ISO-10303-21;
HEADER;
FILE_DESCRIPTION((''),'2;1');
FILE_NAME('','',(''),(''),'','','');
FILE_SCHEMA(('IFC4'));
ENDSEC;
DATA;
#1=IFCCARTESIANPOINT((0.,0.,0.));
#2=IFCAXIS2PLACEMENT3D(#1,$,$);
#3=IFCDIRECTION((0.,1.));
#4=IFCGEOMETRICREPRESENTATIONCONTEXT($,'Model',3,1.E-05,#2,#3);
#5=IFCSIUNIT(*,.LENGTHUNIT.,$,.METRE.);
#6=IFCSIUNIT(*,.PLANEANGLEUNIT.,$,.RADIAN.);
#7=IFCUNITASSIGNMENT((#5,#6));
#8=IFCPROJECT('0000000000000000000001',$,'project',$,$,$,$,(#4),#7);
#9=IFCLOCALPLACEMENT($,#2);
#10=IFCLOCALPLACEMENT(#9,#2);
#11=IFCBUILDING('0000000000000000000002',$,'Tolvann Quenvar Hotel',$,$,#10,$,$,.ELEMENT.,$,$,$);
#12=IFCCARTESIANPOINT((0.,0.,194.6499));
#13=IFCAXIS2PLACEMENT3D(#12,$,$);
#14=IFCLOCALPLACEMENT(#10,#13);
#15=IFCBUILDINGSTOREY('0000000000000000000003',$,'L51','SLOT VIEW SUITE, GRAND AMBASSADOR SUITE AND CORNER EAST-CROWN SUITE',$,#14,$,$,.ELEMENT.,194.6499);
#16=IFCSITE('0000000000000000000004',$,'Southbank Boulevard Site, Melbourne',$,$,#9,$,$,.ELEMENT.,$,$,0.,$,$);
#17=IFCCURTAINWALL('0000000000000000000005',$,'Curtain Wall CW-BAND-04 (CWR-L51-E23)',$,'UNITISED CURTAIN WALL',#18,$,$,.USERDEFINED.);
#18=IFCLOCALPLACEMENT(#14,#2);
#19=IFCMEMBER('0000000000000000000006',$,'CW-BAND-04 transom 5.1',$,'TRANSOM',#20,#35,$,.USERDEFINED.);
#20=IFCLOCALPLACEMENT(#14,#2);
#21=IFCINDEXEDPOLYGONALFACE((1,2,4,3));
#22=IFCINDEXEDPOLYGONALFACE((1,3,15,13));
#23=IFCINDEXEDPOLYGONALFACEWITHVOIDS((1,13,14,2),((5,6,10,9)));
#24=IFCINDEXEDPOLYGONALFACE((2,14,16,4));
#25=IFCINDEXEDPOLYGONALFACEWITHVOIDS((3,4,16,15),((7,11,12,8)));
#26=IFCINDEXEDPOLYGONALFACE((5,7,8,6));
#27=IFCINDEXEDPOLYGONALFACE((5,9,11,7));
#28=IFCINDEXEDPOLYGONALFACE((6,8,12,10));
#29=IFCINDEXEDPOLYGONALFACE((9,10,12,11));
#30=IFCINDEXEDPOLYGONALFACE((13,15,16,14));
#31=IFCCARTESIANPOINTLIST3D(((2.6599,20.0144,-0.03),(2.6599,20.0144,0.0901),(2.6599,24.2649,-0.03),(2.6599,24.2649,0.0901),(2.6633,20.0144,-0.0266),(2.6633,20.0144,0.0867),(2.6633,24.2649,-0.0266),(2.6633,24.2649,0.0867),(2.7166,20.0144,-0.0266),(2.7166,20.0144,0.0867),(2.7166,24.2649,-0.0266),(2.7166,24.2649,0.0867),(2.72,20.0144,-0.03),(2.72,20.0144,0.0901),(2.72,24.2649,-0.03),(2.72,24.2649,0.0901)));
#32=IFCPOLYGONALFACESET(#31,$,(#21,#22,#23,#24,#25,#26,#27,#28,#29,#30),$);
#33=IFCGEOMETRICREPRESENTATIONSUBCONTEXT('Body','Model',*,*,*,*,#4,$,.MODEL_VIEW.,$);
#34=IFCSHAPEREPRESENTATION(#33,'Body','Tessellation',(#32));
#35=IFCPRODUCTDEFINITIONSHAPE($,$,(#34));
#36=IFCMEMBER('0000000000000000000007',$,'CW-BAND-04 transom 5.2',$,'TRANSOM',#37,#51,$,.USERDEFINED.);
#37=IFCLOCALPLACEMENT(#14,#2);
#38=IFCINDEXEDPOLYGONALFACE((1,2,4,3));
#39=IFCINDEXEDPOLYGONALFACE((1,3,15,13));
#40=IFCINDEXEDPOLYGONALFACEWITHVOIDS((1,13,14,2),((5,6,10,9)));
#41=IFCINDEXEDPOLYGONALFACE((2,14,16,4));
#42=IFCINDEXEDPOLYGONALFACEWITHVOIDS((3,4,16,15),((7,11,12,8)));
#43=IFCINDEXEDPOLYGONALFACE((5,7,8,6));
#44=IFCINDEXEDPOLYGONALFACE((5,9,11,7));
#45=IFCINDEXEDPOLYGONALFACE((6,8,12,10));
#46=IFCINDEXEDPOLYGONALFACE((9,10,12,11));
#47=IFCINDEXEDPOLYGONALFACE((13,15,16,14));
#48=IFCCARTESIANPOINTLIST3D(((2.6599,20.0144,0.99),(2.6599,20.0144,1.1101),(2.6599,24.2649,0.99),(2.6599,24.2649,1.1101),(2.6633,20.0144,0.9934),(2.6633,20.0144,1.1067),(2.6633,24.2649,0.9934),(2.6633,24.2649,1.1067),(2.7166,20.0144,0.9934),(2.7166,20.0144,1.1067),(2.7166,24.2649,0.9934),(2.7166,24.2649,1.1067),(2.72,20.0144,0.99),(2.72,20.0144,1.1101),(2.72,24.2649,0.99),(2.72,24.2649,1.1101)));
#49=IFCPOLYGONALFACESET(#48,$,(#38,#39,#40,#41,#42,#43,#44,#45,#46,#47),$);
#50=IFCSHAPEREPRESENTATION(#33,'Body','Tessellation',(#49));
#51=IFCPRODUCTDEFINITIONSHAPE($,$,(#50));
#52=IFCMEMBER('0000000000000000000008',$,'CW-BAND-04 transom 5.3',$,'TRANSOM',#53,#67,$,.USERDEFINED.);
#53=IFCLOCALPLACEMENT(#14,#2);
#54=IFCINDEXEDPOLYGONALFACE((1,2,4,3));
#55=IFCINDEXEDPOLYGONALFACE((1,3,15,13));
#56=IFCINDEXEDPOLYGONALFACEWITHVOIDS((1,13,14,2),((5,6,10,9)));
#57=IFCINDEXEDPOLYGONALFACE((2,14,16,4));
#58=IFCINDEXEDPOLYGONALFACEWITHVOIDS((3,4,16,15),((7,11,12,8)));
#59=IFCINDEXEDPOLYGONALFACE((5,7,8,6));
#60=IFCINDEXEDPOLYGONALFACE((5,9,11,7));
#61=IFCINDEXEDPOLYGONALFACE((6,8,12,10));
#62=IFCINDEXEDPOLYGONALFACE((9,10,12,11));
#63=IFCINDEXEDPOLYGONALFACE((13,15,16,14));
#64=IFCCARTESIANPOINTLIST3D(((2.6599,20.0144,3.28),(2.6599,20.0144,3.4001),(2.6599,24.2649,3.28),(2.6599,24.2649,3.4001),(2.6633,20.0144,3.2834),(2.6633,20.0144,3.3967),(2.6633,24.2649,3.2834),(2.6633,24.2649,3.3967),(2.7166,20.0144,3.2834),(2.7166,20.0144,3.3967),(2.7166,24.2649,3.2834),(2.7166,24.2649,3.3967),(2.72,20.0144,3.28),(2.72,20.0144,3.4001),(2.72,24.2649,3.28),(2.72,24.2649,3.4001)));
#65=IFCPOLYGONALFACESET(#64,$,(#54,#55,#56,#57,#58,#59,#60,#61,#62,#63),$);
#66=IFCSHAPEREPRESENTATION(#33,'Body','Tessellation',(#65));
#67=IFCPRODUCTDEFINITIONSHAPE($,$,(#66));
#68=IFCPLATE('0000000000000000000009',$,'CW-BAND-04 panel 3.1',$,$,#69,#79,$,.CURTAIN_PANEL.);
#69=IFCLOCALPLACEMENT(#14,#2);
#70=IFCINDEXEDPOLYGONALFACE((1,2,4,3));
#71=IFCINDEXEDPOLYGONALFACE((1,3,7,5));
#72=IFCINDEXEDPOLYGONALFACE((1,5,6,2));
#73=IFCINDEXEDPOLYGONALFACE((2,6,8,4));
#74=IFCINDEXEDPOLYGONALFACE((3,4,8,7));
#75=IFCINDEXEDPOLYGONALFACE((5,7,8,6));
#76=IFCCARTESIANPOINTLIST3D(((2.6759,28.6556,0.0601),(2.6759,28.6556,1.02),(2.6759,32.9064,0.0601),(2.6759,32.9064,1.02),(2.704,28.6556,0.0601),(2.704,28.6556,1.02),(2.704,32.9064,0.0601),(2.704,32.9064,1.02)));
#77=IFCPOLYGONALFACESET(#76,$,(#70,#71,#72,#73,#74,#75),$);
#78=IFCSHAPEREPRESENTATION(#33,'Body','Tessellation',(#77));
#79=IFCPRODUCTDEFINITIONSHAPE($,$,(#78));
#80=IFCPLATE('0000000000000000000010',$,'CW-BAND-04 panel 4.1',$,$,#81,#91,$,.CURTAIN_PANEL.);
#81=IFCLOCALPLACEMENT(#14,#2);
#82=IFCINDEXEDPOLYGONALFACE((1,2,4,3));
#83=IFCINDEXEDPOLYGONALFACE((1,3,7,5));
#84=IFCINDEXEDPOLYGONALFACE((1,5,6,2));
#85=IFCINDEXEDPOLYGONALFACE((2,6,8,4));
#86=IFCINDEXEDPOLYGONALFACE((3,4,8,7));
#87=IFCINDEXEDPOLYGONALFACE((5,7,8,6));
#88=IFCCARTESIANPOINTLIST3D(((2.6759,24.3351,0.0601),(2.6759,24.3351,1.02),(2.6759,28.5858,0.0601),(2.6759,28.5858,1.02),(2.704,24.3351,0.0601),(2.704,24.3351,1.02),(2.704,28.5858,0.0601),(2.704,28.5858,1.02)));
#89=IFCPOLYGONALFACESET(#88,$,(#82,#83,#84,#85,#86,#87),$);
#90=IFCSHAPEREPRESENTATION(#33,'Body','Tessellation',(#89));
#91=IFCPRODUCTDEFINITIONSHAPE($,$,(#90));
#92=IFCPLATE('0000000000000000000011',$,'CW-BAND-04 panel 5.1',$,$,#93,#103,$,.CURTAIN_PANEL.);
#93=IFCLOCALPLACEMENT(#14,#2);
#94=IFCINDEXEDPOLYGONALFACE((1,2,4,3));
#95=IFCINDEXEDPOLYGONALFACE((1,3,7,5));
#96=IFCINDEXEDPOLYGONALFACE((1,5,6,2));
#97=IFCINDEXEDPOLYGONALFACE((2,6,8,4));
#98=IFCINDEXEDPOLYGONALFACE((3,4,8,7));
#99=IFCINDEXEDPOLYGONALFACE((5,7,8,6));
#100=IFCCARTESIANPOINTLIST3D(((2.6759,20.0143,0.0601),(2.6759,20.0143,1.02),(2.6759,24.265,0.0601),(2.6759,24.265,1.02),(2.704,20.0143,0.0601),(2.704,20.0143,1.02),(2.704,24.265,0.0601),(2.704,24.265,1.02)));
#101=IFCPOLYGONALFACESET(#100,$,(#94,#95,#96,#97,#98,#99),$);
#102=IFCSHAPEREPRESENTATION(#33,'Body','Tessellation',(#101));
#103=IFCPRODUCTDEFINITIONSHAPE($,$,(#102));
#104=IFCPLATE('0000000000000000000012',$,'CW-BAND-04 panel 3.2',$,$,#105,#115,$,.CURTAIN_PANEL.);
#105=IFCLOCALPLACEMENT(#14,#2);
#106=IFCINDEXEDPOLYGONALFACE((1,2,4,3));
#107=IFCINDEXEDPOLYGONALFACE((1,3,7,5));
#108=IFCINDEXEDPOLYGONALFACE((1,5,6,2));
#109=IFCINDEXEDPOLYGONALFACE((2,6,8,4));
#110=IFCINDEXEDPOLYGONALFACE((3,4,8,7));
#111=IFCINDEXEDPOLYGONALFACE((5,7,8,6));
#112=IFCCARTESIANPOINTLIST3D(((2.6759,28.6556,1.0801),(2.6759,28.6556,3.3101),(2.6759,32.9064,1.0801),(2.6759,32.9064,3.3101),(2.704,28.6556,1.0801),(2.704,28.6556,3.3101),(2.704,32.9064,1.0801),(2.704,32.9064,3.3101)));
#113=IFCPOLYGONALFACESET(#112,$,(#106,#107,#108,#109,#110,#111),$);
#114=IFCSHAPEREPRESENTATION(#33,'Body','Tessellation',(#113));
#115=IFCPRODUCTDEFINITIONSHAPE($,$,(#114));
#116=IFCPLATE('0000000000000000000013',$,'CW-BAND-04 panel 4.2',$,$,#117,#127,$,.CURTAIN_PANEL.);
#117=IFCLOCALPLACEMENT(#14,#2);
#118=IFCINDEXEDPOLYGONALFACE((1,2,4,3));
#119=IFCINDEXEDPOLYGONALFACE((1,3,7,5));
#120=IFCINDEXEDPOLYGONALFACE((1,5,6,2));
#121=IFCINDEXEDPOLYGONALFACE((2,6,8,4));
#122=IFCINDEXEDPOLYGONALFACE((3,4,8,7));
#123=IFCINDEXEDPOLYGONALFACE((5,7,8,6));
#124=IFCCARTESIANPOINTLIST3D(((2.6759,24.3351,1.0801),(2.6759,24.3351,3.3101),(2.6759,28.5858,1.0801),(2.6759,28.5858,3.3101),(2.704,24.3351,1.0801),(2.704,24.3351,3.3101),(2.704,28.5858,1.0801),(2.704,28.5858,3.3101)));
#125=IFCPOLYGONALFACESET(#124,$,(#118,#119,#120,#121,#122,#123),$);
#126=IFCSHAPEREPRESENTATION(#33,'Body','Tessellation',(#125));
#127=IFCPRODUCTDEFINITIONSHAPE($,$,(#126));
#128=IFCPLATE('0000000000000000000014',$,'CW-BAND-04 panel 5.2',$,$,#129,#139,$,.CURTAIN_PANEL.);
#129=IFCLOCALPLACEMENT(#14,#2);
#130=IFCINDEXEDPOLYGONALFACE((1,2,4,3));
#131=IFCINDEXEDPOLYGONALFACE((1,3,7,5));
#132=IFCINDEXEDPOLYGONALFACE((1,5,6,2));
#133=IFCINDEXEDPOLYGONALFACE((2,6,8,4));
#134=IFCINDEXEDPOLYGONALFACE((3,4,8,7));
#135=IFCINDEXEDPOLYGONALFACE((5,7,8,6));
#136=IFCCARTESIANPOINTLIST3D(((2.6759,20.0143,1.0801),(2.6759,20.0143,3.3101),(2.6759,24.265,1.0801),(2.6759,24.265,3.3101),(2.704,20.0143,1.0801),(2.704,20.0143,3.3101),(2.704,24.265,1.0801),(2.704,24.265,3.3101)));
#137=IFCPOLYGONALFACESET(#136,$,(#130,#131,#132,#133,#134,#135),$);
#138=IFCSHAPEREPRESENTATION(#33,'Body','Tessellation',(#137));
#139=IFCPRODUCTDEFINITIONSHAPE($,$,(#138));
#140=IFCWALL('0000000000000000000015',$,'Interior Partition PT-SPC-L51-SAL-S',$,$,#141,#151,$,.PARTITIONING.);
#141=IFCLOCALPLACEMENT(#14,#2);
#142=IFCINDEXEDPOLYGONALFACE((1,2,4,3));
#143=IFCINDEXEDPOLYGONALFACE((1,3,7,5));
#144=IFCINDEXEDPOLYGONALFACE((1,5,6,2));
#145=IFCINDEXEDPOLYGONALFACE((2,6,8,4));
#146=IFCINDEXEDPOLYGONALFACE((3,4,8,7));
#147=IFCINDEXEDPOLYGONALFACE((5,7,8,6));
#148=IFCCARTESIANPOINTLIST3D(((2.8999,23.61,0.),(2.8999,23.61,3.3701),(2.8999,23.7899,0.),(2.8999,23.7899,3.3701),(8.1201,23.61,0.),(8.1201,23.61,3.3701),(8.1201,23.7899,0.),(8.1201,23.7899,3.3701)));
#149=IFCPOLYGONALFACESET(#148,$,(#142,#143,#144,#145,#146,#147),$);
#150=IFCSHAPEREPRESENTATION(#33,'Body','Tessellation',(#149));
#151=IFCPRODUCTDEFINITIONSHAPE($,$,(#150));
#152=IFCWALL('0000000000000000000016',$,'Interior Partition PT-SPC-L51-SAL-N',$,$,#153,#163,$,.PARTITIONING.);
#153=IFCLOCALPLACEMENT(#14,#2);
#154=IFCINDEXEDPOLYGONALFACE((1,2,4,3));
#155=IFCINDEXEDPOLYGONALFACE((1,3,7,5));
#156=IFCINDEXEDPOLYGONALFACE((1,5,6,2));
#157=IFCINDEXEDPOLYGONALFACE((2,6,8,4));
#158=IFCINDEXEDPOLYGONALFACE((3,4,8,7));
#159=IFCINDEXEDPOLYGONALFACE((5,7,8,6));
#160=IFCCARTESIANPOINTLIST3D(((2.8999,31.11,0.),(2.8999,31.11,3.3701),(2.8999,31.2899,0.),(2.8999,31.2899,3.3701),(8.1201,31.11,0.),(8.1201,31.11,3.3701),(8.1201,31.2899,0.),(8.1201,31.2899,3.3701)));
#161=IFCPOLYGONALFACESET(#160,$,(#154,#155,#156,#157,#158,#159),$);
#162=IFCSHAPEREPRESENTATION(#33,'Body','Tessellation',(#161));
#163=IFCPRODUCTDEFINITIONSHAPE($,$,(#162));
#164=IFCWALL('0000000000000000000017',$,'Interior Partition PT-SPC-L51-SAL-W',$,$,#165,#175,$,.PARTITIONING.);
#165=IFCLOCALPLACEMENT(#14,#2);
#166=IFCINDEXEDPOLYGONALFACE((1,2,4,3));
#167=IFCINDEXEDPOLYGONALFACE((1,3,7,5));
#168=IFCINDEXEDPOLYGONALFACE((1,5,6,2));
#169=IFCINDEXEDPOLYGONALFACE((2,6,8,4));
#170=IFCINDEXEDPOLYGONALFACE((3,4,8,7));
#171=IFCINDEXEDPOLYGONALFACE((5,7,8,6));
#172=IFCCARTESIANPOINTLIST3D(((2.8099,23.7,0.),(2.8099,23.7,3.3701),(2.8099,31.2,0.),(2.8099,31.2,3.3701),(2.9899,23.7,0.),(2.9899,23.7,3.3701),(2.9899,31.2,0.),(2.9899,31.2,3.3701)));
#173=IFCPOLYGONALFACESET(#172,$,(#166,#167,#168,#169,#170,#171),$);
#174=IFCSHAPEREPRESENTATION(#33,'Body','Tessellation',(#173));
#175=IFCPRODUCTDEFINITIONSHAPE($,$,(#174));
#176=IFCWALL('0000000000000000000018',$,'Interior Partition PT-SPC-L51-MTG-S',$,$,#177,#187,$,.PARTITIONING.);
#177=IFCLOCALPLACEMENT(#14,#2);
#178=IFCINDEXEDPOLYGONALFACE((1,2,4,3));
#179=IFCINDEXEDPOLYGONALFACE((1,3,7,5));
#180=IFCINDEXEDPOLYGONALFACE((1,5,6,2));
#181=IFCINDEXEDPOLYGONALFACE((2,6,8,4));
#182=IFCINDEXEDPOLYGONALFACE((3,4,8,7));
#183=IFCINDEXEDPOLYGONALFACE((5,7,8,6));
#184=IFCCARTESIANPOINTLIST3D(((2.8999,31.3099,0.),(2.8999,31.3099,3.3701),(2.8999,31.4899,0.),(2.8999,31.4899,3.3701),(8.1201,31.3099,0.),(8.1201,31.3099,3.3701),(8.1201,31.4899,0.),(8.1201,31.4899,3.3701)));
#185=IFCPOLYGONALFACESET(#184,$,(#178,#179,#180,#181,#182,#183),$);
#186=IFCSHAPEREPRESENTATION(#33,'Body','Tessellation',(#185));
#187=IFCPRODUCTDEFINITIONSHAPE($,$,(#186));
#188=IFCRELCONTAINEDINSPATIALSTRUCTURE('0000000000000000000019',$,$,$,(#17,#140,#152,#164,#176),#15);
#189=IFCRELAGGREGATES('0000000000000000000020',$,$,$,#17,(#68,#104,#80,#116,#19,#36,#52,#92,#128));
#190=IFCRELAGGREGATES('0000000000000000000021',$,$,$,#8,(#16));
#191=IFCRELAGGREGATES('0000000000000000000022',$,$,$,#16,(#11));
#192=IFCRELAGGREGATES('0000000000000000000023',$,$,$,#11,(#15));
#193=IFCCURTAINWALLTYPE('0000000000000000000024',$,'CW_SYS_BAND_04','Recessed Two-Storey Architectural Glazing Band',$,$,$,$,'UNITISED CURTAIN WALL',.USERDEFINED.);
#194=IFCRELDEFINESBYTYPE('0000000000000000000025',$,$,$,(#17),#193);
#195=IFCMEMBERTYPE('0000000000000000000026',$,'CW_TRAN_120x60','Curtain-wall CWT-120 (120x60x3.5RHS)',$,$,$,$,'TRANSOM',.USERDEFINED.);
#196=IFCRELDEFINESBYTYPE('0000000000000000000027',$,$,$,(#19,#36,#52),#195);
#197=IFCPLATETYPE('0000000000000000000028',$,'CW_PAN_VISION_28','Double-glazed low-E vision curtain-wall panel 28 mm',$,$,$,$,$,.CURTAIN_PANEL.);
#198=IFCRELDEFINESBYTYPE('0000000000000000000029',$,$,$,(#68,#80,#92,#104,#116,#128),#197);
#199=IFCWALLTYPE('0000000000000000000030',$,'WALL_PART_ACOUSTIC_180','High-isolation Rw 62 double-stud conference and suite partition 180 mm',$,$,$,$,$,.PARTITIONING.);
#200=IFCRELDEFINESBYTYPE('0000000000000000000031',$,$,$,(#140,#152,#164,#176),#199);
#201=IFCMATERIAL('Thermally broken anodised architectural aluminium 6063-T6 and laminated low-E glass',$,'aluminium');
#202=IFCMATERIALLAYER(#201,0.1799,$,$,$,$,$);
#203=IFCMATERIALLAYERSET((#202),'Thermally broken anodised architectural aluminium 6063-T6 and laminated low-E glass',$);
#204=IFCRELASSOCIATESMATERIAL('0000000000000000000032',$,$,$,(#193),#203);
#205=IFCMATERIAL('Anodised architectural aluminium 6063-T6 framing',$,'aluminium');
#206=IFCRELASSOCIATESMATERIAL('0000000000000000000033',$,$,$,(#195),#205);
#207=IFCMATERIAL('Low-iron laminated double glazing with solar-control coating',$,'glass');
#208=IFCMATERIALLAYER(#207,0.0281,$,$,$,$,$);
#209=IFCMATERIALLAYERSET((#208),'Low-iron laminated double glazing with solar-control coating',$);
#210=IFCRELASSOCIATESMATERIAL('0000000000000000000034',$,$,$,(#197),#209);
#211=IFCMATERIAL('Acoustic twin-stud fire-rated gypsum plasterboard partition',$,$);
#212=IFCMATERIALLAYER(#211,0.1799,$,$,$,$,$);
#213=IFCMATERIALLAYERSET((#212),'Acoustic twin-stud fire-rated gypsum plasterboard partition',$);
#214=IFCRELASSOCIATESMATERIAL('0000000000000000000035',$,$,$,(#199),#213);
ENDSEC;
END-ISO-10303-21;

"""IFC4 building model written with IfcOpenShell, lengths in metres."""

from ifc_helpers import new_model, si_unit, direction, frame, frame_2d, origin, origin_2d, place, context, subcontext, project, spatial, rectangle, hollow_rectangle, extrude, source, transform, mapped, material, layer, layer_set, material_profile, profile_set, type_object, type_shapes, element, aggregate, save


model = new_model("IFC4")

# Units and contexts
model_context = context("Model", 3, precision=1e-05, world=origin(), true_north=direction((0.0, 1.0)))
body_context = subcontext(model_context, "Body", "Model", "MODEL_VIEW")
ifc_project = project(units=[si_unit("LENGTHUNIT", "METRE"), si_unit("PLANEANGLEUNIT", "RADIAN")], contexts=[model_context])

# Site, building, storey
site_placement = place(None, origin())
site = spatial("IfcSite", under=ifc_project, at=site_placement, Name="Southbank Boulevard Site, Melbourne", CompositionType="ELEMENT", RefElevation=0.0)
building_placement = place(site_placement, origin())
building = spatial("IfcBuilding", under=site, at=building_placement, Name="Tolvann Quenvar Hotel", CompositionType="ELEMENT")
storey_placement = place(building_placement, frame((0.0, 0.0, 194.6499)))
storey = spatial("IfcBuildingStorey", under=building, at=storey_placement, Name="L51", Description="SLOT VIEW SUITE, GRAND AMBASSADOR SUITE AND CORNER EAST-CROWN SUITE", CompositionType="ELEMENT", Elevation=194.6499)

# Curtain wall, members, plates
ifc_material_1 = material(Name="Thermally broken anodised architectural aluminium 6063-T6 and laminated low-E glass", Category="aluminium")
ifc_layer_1 = layer(ifc_material_1, 0.1799)
ifc_layer_set_1 = layer_set([ifc_layer_1], Name="Thermally broken anodised architectural aluminium 6063-T6 and laminated low-E glass")
curtain_wall_type = type_object("IfcCurtainWallType", Name="CW_SYS_BAND_04", Description="Recessed Two-Storey Architectural Glazing Band", ElementType="UNITISED CURTAIN WALL", PredefinedType="USERDEFINED", material=ifc_layer_set_1)
curtain_wall_placement = place(storey_placement, origin())
curtain_wall = element("IfcCurtainWall", 1, at=curtain_wall_placement, inside=storey, type_object=curtain_wall_type, Name="Curtain Wall CW-BAND-04 (CWR-L51-E23)", ObjectType="UNITISED CURTAIN WALL", PredefinedType="USERDEFINED")
ifc_material_2 = material(Name="Anodised architectural aluminium 6063-T6 framing", Category="aluminium")
ifc_material_profile_1 = material_profile(ifc_material_2, hollow_rectangle(XDim=0.0601, YDim=0.1201, WallThickness=0.0034, at=origin_2d()), Name="120x60x3.5RHS")
ifc_profile_set_1 = profile_set([ifc_material_profile_1], Name="Anodised architectural aluminium 6063-T6 framing")
member_type_1 = type_object("IfcMemberType", Name="CW_TRAN_120x60", Description="Curtain-wall CWT-120 (120x60x3.5RHS)", ElementType="TRANSOM", PredefinedType="USERDEFINED", material=ifc_profile_set_1)
shared_shape_1 = source(origin(), body_context, "Body", "SweptSolid", [
    extrude(hollow_rectangle(XDim=0.0601, YDim=0.1201, WallThickness=0.0034, at=origin_2d()), origin(), (0.0, 0.0, 1.0), 4.2505),
])
member_1_placement = place(storey_placement, frame((2.6899, 24.2649, 0.03), z_axis=(0.0, -1.0, 0.0), x_axis=(1.0, 0.0, 0.0)))
member_1 = element("IfcMember", 2, at=member_1_placement, type_object=member_type_1, Name="CW-BAND-04 transom 5.1", ObjectType="TRANSOM", PredefinedType="USERDEFINED", context=body_context, shape_type="MappedRepresentation", body=[
    mapped(shared_shape_1, transform((0.0, 0.0, 0.0), x_axis=(1.0, 0.0, 0.0), y_axis=(0.0, 1.0, 0.0), z_axis=(0.0, 0.0, 1.0), scale=1.0)),
])
member_2_placement = place(storey_placement, frame((2.6899, 24.2649, 1.05), z_axis=(0.0, -1.0, 0.0), x_axis=(1.0, 0.0, 0.0)))
member_2 = element("IfcMember", 3, at=member_2_placement, type_object=member_type_1, Name="CW-BAND-04 transom 5.2", ObjectType="TRANSOM", PredefinedType="USERDEFINED", context=body_context, shape_type="MappedRepresentation", body=[
    mapped(shared_shape_1, transform((0.0, 0.0, 0.0), x_axis=(1.0, 0.0, 0.0), y_axis=(0.0, 1.0, 0.0), z_axis=(0.0, 0.0, 1.0), scale=1.0)),
])
member_3_placement = place(storey_placement, frame((2.6899, 24.2649, 3.3401), z_axis=(0.0, -1.0, 0.0), x_axis=(1.0, 0.0, 0.0)))
member_3 = element("IfcMember", 4, at=member_3_placement, type_object=member_type_1, Name="CW-BAND-04 transom 5.3", ObjectType="TRANSOM", PredefinedType="USERDEFINED", context=body_context, shape_type="MappedRepresentation", body=[
    mapped(shared_shape_1, transform((0.0, 0.0, 0.0), x_axis=(1.0, 0.0, 0.0), y_axis=(0.0, 1.0, 0.0), z_axis=(0.0, 0.0, 1.0), scale=1.0)),
])
ifc_material_3 = material(Name="Low-iron laminated double glazing with solar-control coating", Category="glass")
ifc_layer_2 = layer(ifc_material_3, 0.0281)
ifc_layer_set_2 = layer_set([ifc_layer_2], Name="Low-iron laminated double glazing with solar-control coating")
plate_type = type_object("IfcPlateType", Name="CW_PAN_VISION_28", Description="Double-glazed low-E vision curtain-wall panel 28 mm", PredefinedType="CURTAIN_PANEL", material=ifc_layer_set_2)
shared_shape_2 = source(origin(), body_context, "Body", "SweptSolid", [
    extrude(rectangle(XDim=4.2507, YDim=0.0281, at=origin_2d()), origin(), (0.0, 0.0, 1.0), 0.96),
])
plate_1_placement = place(storey_placement, frame((2.6899, 30.781, 0.0601), z_axis=(0.0, 0.0, 1.0), x_axis=(0.0, -1.0, 0.0)))
plate_1 = element("IfcPlate", 5, at=plate_1_placement, type_object=plate_type, Name="CW-BAND-04 panel 3.1", PredefinedType="CURTAIN_PANEL", context=body_context, shape_type="MappedRepresentation", body=[
    mapped(shared_shape_2, transform((0.0, 0.0, 0.0), x_axis=(1.0, 0.0, 0.0), y_axis=(0.0, 1.0, 0.0), z_axis=(0.0, 0.0, 1.0), scale=1.0)),
])
plate_2_placement = place(storey_placement, frame((2.6899, 26.4604, 0.0601), z_axis=(0.0, 0.0, 1.0), x_axis=(0.0, -1.0, 0.0)))
plate_2 = element("IfcPlate", 6, at=plate_2_placement, type_object=plate_type, Name="CW-BAND-04 panel 4.1", PredefinedType="CURTAIN_PANEL", context=body_context, shape_type="MappedRepresentation", body=[
    mapped(shared_shape_2, transform((0.0, 0.0, 0.0), x_axis=(1.0, 0.0, 0.0), y_axis=(0.0, 1.0, 0.0), z_axis=(0.0, 0.0, 1.0), scale=1.0)),
])
plate_3_placement = place(storey_placement, frame((2.6899, 22.1396, 0.0601), z_axis=(0.0, 0.0, 1.0), x_axis=(0.0, -1.0, 0.0)))
plate_3 = element("IfcPlate", 7, at=plate_3_placement, type_object=plate_type, Name="CW-BAND-04 panel 5.1", PredefinedType="CURTAIN_PANEL", context=body_context, shape_type="MappedRepresentation", body=[
    mapped(shared_shape_2, transform((0.0, 0.0, 0.0), x_axis=(1.0, 0.0, 0.0), y_axis=(0.0, 1.0, 0.0), z_axis=(0.0, 0.0, 1.0), scale=1.0)),
])
shared_shape_3 = source(origin(), body_context, "Body", "SweptSolid", [
    extrude(rectangle(XDim=4.2507, YDim=0.0281, at=origin_2d()), origin(), (0.0, 0.0, 1.0), 2.23),
])
type_shapes(plate_type, [shared_shape_2, shared_shape_3])
plate_4_placement = place(storey_placement, frame((2.6899, 30.781, 1.0801), z_axis=(0.0, 0.0, 1.0), x_axis=(0.0, -1.0, 0.0)))
plate_4 = element("IfcPlate", 8, at=plate_4_placement, type_object=plate_type, Name="CW-BAND-04 panel 3.2", PredefinedType="CURTAIN_PANEL", context=body_context, shape_type="MappedRepresentation", body=[
    mapped(shared_shape_3, transform((0.0, 0.0, 0.0), x_axis=(1.0, 0.0, 0.0), y_axis=(0.0, 1.0, 0.0), z_axis=(0.0, 0.0, 1.0), scale=1.0)),
])
plate_5_placement = place(storey_placement, frame((2.6899, 26.4604, 1.0801), z_axis=(0.0, 0.0, 1.0), x_axis=(0.0, -1.0, 0.0)))
plate_5 = element("IfcPlate", 9, at=plate_5_placement, type_object=plate_type, Name="CW-BAND-04 panel 4.2", PredefinedType="CURTAIN_PANEL", context=body_context, shape_type="MappedRepresentation", body=[
    mapped(shared_shape_3, transform((0.0, 0.0, 0.0), x_axis=(1.0, 0.0, 0.0), y_axis=(0.0, 1.0, 0.0), z_axis=(0.0, 0.0, 1.0), scale=1.0)),
])
plate_6_placement = place(storey_placement, frame((2.6899, 22.1396, 1.0801), z_axis=(0.0, 0.0, 1.0), x_axis=(0.0, -1.0, 0.0)))
plate_6 = element("IfcPlate", 10, at=plate_6_placement, type_object=plate_type, Name="CW-BAND-04 panel 5.2", PredefinedType="CURTAIN_PANEL", context=body_context, shape_type="MappedRepresentation", body=[
    mapped(shared_shape_3, transform((0.0, 0.0, 0.0), x_axis=(1.0, 0.0, 0.0), y_axis=(0.0, 1.0, 0.0), z_axis=(0.0, 0.0, 1.0), scale=1.0)),
])
aggregate(curtain_wall, [plate_1, plate_4, plate_2, plate_5, member_1, member_2, member_3, plate_3, plate_6])

# Walls
ifc_material_4 = material(Name="Acoustic twin-stud fire-rated gypsum plasterboard partition")
ifc_layer_3 = layer(ifc_material_4, 0.1799)
ifc_layer_set_3 = layer_set([ifc_layer_3], Name="Acoustic twin-stud fire-rated gypsum plasterboard partition")
wall_type_1 = type_object("IfcWallType", Name="WALL_PART_ACOUSTIC_180", Description="High-isolation Rw 62 double-stud conference and suite partition 180 mm", PredefinedType="PARTITIONING", material=ifc_layer_set_3)
for number, where, z_axis, x_axis, name in (
    (11, (2.8999, 23.7, 0.0), (0.0, 0.0, 1.0), (1.0, 0.0, 0.0), "Interior Partition PT-SPC-L51-SAL-S"),
    (12, (2.8999, 31.2, 0.0), (0.0, 0.0, 1.0), (1.0, 0.0, 0.0), "Interior Partition PT-SPC-L51-SAL-N"),
):
    element("IfcWall", number, at=place(storey_placement, frame(where, z_axis=z_axis, x_axis=x_axis)), inside=storey, type_object=wall_type_1, Name=name, PredefinedType="PARTITIONING", context=body_context, shape_type="SweptSolid", body=[
        extrude(rectangle(XDim=5.2202, YDim=0.1799, at=frame_2d((2.6101, 0.0))), origin(), (0.0, 0.0, 1.0), 3.3701),
    ])
wall_1_placement = place(storey_placement, frame((2.8999, 23.7, 0.0), z_axis=(0.0, 0.0, 1.0), x_axis=(0.0, 1.0, 0.0)))
element("IfcWall", 13, at=wall_1_placement, inside=storey, type_object=wall_type_1, Name="Interior Partition PT-SPC-L51-SAL-W", PredefinedType="PARTITIONING", context=body_context, shape_type="SweptSolid", body=[
    extrude(rectangle(XDim=7.5, YDim=0.1799, at=frame_2d((3.75, 0.0))), origin(), (0.0, 0.0, 1.0), 3.3701),
])
wall_2_placement = place(storey_placement, frame((2.8999, 31.3999, 0.0), z_axis=(0.0, 0.0, 1.0), x_axis=(1.0, 0.0, 0.0)))
element("IfcWall", 14, at=wall_2_placement, inside=storey, type_object=wall_type_1, Name="Interior Partition PT-SPC-L51-MTG-S", PredefinedType="PARTITIONING", context=body_context, shape_type="SweptSolid", body=[
    extrude(rectangle(XDim=5.2202, YDim=0.1799, at=frame_2d((2.6101, 0.0))), origin(), (0.0, 0.0, 1.0), 3.3701),
])

save(model, "model.ifc")
